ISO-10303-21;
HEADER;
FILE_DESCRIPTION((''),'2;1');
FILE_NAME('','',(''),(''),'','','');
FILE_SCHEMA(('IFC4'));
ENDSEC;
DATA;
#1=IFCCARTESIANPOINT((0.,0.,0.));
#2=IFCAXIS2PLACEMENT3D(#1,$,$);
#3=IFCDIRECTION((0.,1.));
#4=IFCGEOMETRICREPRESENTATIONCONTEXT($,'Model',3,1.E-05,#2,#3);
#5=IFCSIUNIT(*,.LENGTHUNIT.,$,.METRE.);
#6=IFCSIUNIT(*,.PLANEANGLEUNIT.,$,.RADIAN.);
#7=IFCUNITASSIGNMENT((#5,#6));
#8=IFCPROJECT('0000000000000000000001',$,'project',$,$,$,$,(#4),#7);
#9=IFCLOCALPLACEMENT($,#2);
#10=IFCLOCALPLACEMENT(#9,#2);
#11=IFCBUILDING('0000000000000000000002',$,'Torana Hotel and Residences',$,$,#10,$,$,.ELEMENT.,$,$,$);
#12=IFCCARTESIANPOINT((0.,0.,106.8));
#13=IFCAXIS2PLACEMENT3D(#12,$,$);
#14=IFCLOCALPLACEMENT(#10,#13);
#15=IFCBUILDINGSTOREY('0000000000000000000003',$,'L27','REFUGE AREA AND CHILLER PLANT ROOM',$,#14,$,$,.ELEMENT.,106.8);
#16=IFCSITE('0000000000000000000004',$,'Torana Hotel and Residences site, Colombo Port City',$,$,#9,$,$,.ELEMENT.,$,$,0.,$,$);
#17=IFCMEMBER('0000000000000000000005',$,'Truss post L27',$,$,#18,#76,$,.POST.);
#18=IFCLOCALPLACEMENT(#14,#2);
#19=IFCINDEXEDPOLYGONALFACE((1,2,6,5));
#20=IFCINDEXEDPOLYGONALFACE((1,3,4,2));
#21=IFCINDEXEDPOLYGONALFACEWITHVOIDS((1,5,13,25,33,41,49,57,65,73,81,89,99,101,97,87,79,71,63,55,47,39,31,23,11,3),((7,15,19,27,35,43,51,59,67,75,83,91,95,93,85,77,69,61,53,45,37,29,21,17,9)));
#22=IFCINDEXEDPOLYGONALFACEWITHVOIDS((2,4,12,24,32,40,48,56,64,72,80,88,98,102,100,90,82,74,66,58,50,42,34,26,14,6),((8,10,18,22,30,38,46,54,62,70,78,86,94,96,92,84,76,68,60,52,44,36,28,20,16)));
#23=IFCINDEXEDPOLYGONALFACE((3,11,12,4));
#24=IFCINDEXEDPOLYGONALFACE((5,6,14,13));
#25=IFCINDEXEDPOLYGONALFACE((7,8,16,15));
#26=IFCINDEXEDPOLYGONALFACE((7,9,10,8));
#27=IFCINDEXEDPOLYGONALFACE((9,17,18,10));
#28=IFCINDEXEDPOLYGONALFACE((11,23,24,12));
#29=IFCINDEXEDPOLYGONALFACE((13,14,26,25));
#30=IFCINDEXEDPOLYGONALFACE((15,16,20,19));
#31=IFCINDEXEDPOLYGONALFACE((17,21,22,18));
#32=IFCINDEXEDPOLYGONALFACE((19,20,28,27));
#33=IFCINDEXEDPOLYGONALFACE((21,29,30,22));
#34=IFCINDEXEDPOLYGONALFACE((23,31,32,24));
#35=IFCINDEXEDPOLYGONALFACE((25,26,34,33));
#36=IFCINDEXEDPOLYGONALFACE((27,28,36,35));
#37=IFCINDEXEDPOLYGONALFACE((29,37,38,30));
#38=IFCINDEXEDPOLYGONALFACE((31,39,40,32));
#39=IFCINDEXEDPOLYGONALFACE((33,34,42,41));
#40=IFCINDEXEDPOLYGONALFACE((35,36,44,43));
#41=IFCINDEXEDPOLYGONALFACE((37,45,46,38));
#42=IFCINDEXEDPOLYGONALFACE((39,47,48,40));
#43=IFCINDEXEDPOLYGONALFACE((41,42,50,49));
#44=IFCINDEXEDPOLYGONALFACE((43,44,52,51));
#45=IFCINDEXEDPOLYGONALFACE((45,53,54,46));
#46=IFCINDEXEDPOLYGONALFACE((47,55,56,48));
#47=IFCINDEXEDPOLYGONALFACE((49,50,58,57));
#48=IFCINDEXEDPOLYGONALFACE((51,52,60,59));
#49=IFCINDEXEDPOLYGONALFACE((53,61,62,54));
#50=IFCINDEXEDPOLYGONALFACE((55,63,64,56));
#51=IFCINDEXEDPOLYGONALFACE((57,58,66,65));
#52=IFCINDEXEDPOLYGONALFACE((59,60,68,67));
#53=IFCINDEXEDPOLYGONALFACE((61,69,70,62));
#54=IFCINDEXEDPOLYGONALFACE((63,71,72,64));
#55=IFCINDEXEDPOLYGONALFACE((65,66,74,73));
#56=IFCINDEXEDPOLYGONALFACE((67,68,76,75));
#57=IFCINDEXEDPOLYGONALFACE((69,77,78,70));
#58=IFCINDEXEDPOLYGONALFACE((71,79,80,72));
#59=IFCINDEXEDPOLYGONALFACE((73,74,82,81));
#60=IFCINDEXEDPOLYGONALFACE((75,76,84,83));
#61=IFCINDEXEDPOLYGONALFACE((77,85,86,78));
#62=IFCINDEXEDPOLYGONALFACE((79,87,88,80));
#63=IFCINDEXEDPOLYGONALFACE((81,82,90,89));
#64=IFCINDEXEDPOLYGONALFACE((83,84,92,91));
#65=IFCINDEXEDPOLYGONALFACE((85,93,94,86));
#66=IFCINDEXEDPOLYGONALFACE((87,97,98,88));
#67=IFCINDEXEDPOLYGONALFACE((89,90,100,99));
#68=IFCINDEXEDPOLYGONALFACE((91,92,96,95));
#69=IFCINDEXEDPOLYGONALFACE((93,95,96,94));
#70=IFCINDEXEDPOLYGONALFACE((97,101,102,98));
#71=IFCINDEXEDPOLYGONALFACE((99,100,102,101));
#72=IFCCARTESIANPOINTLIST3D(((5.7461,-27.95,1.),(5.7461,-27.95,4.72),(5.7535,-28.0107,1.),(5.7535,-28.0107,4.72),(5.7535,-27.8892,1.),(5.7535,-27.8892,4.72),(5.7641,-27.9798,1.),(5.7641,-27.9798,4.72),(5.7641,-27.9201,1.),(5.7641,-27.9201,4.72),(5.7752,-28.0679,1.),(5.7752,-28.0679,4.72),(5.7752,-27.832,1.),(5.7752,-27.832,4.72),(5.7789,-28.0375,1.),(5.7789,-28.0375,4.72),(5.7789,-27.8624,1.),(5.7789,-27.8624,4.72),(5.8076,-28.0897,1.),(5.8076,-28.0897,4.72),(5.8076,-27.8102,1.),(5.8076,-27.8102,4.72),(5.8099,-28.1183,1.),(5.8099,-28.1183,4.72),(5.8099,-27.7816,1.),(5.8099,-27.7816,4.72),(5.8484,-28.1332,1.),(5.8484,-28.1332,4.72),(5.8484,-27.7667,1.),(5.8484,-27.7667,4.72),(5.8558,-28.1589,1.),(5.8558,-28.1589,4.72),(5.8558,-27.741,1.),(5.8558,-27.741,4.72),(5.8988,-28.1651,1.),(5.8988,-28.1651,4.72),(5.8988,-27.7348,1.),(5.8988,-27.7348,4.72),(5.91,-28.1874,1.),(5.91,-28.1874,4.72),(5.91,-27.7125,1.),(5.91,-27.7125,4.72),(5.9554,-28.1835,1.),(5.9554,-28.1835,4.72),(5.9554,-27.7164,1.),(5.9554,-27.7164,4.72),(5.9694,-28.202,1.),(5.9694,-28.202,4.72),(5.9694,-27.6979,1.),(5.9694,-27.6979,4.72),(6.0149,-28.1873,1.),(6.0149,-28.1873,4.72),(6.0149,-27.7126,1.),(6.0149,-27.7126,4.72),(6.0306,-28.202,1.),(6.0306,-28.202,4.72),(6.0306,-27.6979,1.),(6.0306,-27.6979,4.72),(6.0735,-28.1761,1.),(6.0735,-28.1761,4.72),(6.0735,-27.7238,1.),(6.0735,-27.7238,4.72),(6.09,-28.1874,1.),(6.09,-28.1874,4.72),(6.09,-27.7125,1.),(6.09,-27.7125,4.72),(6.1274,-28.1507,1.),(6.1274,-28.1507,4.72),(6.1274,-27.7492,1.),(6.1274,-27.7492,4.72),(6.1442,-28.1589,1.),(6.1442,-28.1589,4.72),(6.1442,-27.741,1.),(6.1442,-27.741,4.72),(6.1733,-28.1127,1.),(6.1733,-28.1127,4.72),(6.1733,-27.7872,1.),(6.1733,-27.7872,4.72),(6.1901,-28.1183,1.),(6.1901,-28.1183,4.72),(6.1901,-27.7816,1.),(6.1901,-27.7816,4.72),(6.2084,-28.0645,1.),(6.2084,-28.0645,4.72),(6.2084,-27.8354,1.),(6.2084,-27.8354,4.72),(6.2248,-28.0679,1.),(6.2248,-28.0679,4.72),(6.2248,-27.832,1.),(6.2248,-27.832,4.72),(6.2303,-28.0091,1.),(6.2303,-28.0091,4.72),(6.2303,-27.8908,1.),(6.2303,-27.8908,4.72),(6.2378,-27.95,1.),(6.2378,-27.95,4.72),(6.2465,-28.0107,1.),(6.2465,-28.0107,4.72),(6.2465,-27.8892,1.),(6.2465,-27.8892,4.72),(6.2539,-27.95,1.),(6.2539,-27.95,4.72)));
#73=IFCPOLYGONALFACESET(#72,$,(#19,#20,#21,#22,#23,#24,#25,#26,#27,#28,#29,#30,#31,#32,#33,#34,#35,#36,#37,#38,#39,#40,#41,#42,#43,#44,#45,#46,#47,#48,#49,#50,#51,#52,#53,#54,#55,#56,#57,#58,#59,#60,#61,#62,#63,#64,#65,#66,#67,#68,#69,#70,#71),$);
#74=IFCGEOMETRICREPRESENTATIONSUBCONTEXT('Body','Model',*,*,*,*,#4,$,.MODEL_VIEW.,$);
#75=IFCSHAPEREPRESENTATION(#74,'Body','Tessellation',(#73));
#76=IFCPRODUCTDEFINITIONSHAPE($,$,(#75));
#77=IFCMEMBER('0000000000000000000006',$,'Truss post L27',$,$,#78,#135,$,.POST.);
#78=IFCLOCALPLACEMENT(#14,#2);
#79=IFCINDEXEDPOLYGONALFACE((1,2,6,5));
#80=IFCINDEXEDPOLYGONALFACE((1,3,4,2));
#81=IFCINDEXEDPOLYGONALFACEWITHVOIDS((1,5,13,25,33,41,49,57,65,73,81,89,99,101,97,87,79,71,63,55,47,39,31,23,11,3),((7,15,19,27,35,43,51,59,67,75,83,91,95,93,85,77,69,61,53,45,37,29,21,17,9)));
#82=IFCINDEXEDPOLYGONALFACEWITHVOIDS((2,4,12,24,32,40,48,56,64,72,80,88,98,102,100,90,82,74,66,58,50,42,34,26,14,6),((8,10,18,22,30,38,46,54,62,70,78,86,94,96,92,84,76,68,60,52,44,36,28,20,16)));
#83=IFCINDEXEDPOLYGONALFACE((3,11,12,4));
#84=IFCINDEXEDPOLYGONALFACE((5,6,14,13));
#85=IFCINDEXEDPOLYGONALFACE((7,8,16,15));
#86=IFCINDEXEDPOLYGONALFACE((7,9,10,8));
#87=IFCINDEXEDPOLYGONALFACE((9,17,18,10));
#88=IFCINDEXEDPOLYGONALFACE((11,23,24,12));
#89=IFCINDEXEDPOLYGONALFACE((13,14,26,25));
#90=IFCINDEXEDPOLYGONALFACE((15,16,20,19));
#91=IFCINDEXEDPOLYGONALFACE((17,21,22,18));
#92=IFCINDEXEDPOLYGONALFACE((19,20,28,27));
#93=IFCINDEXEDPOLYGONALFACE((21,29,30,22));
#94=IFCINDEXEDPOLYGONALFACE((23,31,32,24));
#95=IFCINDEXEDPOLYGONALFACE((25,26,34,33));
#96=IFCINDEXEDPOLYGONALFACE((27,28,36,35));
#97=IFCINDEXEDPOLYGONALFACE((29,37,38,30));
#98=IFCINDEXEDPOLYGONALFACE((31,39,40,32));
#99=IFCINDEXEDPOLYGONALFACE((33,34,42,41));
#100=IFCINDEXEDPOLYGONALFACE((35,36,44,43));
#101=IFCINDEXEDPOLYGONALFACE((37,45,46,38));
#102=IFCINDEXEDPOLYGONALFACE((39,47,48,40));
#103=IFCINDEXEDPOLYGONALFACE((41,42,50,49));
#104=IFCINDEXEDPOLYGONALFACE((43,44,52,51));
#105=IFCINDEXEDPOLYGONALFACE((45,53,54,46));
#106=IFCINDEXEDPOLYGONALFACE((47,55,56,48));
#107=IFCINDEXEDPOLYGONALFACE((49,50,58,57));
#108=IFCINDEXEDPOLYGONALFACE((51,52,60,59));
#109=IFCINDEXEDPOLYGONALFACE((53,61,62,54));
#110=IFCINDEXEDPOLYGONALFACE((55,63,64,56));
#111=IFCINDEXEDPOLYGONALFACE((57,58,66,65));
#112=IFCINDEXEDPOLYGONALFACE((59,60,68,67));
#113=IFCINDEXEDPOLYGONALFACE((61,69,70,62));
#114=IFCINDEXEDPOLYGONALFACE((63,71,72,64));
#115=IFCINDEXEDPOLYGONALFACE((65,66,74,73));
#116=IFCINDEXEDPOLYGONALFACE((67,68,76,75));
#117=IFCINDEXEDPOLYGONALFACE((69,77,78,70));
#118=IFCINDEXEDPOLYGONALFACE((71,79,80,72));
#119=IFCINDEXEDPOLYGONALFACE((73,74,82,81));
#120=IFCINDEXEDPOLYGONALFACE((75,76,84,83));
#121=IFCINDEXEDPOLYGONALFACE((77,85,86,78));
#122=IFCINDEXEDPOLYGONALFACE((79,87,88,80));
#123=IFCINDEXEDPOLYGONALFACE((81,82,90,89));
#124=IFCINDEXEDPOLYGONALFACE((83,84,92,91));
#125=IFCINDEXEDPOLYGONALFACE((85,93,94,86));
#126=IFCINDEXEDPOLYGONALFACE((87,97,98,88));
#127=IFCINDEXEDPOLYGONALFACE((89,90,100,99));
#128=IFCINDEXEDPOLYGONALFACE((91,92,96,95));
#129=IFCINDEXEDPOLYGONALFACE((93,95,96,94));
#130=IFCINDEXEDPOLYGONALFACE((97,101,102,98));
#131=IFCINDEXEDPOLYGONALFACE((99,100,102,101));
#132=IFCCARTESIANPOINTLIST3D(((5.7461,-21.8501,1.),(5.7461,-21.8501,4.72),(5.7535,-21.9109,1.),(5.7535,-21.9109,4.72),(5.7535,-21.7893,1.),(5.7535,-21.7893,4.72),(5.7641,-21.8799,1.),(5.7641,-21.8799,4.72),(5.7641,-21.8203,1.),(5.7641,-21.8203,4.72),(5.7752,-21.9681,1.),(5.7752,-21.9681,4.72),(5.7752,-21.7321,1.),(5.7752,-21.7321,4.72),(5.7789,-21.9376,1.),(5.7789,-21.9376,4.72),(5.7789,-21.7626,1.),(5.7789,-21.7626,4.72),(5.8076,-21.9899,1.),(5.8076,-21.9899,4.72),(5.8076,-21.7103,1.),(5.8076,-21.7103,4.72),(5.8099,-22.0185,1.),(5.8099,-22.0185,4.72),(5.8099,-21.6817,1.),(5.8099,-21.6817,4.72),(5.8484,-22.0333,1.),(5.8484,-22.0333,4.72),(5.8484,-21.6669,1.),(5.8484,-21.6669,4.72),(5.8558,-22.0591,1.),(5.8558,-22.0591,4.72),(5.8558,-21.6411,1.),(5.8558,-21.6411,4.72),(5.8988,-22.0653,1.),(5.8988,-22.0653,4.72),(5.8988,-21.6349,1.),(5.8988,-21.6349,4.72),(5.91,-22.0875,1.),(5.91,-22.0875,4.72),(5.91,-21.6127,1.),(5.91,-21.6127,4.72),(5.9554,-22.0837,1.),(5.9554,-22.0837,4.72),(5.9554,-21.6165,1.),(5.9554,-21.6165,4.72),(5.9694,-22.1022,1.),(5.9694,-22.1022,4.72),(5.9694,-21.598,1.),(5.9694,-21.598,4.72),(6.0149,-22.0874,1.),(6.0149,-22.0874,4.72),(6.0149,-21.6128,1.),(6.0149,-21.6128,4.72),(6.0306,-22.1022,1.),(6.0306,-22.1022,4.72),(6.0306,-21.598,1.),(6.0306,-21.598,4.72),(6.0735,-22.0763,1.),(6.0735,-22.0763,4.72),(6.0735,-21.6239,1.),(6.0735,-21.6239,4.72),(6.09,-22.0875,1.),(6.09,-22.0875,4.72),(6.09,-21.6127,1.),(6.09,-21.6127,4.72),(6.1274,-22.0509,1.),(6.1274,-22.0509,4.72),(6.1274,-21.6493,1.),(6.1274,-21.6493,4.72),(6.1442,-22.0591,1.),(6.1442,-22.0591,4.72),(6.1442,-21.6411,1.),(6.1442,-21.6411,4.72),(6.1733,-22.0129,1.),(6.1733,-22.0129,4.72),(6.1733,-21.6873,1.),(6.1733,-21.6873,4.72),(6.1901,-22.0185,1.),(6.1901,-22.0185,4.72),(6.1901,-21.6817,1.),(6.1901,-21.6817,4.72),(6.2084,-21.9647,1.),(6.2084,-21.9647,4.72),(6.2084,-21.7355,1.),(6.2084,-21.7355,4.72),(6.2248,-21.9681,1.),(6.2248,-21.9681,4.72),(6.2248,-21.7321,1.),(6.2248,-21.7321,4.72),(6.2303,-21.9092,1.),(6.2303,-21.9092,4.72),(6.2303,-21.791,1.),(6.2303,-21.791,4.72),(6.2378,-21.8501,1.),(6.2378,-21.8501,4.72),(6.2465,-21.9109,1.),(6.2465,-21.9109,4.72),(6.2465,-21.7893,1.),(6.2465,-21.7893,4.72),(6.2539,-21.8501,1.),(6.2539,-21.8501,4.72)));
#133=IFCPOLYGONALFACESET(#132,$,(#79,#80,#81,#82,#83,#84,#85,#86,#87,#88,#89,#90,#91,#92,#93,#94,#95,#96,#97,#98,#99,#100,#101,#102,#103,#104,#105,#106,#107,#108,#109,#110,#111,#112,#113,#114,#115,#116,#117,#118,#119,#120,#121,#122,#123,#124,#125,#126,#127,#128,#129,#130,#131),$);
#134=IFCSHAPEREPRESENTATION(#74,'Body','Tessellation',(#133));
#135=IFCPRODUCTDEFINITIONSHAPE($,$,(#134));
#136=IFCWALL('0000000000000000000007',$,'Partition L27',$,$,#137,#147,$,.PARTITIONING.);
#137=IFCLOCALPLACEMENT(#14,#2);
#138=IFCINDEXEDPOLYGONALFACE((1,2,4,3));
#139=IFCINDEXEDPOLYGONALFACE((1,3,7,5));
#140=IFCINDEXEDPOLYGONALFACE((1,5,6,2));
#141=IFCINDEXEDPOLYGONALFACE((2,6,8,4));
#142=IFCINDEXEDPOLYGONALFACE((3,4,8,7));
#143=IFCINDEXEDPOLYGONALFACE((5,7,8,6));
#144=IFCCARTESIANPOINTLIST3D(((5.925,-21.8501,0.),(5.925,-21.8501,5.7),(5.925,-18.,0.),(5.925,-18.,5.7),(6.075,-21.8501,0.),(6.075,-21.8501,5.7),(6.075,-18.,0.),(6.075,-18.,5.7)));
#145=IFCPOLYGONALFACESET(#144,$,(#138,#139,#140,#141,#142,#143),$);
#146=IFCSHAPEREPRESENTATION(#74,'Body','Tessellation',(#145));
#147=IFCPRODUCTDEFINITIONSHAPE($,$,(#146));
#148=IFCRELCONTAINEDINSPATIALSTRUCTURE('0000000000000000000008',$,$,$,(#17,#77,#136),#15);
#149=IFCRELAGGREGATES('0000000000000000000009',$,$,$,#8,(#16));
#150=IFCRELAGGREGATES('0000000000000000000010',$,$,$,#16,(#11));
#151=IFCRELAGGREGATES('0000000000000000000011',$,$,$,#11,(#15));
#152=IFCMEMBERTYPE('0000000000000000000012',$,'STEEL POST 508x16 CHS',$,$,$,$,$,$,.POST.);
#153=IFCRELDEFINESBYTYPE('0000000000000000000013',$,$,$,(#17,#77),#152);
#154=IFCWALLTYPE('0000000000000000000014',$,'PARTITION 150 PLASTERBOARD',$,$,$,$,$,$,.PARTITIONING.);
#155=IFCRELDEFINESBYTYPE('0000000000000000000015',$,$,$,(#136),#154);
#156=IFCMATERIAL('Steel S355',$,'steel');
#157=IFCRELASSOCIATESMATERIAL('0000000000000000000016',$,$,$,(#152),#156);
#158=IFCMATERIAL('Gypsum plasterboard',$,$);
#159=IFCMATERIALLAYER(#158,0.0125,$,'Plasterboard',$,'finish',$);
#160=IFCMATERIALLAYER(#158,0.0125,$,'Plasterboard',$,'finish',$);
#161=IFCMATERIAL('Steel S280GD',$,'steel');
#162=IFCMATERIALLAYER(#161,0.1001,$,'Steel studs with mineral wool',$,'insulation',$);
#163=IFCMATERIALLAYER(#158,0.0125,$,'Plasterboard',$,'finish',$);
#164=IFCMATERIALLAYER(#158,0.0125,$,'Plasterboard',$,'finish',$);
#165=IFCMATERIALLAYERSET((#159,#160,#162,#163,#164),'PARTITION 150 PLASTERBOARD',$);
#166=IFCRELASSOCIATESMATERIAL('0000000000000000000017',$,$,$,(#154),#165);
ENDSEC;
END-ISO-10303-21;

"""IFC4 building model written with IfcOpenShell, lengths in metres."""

from ifc_helpers import new_model, si_unit, direction, frame, frame_2d, origin, origin_2d, place, context, subcontext, project, spatial, rectangle, hollow_circle, extrude, material, layer, layer_set, material_profile, profile_set, type_object, element, save


model = new_model("IFC4")

# Units and contexts
model_context = context("Model", 3, precision=1e-05, world=origin(), true_north=direction((0.0, 1.0)))
body_context = subcontext(model_context, "Body", "Model", "MODEL_VIEW")
ifc_project = project(units=[si_unit("LENGTHUNIT", "METRE"), si_unit("PLANEANGLEUNIT", "RADIAN")], contexts=[model_context])

# Site, building, storey
site_placement = place(None, origin())
site = spatial("IfcSite", under=ifc_project, at=site_placement, Name="Torana Hotel and Residences site, Colombo Port City", CompositionType="ELEMENT", RefElevation=0.0)
building_placement = place(site_placement, origin())
building = spatial("IfcBuilding", under=site, at=building_placement, Name="Torana Hotel and Residences", CompositionType="ELEMENT")
storey_placement = place(building_placement, frame((0.0, 0.0, 106.8)))
storey = spatial("IfcBuildingStorey", under=building, at=storey_placement, Name="L27", Description="REFUGE AREA AND CHILLER PLANT ROOM", CompositionType="ELEMENT", Elevation=106.8)

# Members
ifc_material_1 = material(Name="Steel S355", Category="steel")
ifc_material_profile_1 = material_profile(ifc_material_1, hollow_circle(Radius=0.2539, WallThickness=0.0161, at=origin_2d()), Name="508x16 CHS")
ifc_profile_set_1 = profile_set([ifc_material_profile_1], Name="Steel S355")
member_type_1 = type_object("IfcMemberType", Name="STEEL POST 508x16 CHS", PredefinedType="POST", material=ifc_profile_set_1)
for number, where, z_axis, x_axis, name in (
    (1, (6.0, -27.95, 1.0), (0.0, 0.0, 1.0), (1.0, 0.0, 0.0), "Truss post L27"),
    (2, (6.0, -21.8501, 1.0), (0.0, 0.0, 1.0), (1.0, 0.0, 0.0), "Truss post L27"),
):
    element("IfcMember", number, at=place(storey_placement, frame(where, z_axis=z_axis, x_axis=x_axis)), inside=storey, type_object=member_type_1, Name=name, PredefinedType="POST", context=body_context, shape_type="SweptSolid", body=[
        extrude(hollow_circle(Radius=0.2539, WallThickness=0.0161, at=origin_2d()), origin(), (0.0, 0.0, 1.0), 3.72),
    ])

# Wall
ifc_material_2 = material(Name="Gypsum plasterboard")
ifc_layer_1 = layer(ifc_material_2, 0.0125, Name="Plasterboard", Category="finish")
ifc_layer_2 = layer(ifc_material_2, 0.0125, Name="Plasterboard", Category="finish")
ifc_material_3 = material(Name="Steel S280GD", Category="steel")
ifc_layer_3 = layer(ifc_material_3, 0.1001, Name="Steel studs with mineral wool", Category="insulation")
ifc_layer_4 = layer(ifc_material_2, 0.0125, Name="Plasterboard", Category="finish")
ifc_layer_5 = layer(ifc_material_2, 0.0125, Name="Plasterboard", Category="finish")
ifc_layer_set = layer_set([ifc_layer_1, ifc_layer_2, ifc_layer_3, ifc_layer_4, ifc_layer_5], Name="PARTITION 150 PLASTERBOARD")
wall_type = type_object("IfcWallType", Name="PARTITION 150 PLASTERBOARD", PredefinedType="PARTITIONING", material=ifc_layer_set)
wall_placement = place(storey_placement, frame((6.0, -21.8501, 0.0), z_axis=(0.0, 0.0, 1.0), x_axis=(0.0, 1.0, 0.0)))
element("IfcWall", 3, at=wall_placement, inside=storey, type_object=wall_type, Name="Partition L27", PredefinedType="PARTITIONING", context=body_context, shape_type="SweptSolid", body=[
    extrude(rectangle(XDim=3.8501, YDim=0.1499, at=frame_2d((1.925, 0.0))), origin(), (0.0, 0.0, 1.0), 5.7),
])

save(model, "model.ifc")
